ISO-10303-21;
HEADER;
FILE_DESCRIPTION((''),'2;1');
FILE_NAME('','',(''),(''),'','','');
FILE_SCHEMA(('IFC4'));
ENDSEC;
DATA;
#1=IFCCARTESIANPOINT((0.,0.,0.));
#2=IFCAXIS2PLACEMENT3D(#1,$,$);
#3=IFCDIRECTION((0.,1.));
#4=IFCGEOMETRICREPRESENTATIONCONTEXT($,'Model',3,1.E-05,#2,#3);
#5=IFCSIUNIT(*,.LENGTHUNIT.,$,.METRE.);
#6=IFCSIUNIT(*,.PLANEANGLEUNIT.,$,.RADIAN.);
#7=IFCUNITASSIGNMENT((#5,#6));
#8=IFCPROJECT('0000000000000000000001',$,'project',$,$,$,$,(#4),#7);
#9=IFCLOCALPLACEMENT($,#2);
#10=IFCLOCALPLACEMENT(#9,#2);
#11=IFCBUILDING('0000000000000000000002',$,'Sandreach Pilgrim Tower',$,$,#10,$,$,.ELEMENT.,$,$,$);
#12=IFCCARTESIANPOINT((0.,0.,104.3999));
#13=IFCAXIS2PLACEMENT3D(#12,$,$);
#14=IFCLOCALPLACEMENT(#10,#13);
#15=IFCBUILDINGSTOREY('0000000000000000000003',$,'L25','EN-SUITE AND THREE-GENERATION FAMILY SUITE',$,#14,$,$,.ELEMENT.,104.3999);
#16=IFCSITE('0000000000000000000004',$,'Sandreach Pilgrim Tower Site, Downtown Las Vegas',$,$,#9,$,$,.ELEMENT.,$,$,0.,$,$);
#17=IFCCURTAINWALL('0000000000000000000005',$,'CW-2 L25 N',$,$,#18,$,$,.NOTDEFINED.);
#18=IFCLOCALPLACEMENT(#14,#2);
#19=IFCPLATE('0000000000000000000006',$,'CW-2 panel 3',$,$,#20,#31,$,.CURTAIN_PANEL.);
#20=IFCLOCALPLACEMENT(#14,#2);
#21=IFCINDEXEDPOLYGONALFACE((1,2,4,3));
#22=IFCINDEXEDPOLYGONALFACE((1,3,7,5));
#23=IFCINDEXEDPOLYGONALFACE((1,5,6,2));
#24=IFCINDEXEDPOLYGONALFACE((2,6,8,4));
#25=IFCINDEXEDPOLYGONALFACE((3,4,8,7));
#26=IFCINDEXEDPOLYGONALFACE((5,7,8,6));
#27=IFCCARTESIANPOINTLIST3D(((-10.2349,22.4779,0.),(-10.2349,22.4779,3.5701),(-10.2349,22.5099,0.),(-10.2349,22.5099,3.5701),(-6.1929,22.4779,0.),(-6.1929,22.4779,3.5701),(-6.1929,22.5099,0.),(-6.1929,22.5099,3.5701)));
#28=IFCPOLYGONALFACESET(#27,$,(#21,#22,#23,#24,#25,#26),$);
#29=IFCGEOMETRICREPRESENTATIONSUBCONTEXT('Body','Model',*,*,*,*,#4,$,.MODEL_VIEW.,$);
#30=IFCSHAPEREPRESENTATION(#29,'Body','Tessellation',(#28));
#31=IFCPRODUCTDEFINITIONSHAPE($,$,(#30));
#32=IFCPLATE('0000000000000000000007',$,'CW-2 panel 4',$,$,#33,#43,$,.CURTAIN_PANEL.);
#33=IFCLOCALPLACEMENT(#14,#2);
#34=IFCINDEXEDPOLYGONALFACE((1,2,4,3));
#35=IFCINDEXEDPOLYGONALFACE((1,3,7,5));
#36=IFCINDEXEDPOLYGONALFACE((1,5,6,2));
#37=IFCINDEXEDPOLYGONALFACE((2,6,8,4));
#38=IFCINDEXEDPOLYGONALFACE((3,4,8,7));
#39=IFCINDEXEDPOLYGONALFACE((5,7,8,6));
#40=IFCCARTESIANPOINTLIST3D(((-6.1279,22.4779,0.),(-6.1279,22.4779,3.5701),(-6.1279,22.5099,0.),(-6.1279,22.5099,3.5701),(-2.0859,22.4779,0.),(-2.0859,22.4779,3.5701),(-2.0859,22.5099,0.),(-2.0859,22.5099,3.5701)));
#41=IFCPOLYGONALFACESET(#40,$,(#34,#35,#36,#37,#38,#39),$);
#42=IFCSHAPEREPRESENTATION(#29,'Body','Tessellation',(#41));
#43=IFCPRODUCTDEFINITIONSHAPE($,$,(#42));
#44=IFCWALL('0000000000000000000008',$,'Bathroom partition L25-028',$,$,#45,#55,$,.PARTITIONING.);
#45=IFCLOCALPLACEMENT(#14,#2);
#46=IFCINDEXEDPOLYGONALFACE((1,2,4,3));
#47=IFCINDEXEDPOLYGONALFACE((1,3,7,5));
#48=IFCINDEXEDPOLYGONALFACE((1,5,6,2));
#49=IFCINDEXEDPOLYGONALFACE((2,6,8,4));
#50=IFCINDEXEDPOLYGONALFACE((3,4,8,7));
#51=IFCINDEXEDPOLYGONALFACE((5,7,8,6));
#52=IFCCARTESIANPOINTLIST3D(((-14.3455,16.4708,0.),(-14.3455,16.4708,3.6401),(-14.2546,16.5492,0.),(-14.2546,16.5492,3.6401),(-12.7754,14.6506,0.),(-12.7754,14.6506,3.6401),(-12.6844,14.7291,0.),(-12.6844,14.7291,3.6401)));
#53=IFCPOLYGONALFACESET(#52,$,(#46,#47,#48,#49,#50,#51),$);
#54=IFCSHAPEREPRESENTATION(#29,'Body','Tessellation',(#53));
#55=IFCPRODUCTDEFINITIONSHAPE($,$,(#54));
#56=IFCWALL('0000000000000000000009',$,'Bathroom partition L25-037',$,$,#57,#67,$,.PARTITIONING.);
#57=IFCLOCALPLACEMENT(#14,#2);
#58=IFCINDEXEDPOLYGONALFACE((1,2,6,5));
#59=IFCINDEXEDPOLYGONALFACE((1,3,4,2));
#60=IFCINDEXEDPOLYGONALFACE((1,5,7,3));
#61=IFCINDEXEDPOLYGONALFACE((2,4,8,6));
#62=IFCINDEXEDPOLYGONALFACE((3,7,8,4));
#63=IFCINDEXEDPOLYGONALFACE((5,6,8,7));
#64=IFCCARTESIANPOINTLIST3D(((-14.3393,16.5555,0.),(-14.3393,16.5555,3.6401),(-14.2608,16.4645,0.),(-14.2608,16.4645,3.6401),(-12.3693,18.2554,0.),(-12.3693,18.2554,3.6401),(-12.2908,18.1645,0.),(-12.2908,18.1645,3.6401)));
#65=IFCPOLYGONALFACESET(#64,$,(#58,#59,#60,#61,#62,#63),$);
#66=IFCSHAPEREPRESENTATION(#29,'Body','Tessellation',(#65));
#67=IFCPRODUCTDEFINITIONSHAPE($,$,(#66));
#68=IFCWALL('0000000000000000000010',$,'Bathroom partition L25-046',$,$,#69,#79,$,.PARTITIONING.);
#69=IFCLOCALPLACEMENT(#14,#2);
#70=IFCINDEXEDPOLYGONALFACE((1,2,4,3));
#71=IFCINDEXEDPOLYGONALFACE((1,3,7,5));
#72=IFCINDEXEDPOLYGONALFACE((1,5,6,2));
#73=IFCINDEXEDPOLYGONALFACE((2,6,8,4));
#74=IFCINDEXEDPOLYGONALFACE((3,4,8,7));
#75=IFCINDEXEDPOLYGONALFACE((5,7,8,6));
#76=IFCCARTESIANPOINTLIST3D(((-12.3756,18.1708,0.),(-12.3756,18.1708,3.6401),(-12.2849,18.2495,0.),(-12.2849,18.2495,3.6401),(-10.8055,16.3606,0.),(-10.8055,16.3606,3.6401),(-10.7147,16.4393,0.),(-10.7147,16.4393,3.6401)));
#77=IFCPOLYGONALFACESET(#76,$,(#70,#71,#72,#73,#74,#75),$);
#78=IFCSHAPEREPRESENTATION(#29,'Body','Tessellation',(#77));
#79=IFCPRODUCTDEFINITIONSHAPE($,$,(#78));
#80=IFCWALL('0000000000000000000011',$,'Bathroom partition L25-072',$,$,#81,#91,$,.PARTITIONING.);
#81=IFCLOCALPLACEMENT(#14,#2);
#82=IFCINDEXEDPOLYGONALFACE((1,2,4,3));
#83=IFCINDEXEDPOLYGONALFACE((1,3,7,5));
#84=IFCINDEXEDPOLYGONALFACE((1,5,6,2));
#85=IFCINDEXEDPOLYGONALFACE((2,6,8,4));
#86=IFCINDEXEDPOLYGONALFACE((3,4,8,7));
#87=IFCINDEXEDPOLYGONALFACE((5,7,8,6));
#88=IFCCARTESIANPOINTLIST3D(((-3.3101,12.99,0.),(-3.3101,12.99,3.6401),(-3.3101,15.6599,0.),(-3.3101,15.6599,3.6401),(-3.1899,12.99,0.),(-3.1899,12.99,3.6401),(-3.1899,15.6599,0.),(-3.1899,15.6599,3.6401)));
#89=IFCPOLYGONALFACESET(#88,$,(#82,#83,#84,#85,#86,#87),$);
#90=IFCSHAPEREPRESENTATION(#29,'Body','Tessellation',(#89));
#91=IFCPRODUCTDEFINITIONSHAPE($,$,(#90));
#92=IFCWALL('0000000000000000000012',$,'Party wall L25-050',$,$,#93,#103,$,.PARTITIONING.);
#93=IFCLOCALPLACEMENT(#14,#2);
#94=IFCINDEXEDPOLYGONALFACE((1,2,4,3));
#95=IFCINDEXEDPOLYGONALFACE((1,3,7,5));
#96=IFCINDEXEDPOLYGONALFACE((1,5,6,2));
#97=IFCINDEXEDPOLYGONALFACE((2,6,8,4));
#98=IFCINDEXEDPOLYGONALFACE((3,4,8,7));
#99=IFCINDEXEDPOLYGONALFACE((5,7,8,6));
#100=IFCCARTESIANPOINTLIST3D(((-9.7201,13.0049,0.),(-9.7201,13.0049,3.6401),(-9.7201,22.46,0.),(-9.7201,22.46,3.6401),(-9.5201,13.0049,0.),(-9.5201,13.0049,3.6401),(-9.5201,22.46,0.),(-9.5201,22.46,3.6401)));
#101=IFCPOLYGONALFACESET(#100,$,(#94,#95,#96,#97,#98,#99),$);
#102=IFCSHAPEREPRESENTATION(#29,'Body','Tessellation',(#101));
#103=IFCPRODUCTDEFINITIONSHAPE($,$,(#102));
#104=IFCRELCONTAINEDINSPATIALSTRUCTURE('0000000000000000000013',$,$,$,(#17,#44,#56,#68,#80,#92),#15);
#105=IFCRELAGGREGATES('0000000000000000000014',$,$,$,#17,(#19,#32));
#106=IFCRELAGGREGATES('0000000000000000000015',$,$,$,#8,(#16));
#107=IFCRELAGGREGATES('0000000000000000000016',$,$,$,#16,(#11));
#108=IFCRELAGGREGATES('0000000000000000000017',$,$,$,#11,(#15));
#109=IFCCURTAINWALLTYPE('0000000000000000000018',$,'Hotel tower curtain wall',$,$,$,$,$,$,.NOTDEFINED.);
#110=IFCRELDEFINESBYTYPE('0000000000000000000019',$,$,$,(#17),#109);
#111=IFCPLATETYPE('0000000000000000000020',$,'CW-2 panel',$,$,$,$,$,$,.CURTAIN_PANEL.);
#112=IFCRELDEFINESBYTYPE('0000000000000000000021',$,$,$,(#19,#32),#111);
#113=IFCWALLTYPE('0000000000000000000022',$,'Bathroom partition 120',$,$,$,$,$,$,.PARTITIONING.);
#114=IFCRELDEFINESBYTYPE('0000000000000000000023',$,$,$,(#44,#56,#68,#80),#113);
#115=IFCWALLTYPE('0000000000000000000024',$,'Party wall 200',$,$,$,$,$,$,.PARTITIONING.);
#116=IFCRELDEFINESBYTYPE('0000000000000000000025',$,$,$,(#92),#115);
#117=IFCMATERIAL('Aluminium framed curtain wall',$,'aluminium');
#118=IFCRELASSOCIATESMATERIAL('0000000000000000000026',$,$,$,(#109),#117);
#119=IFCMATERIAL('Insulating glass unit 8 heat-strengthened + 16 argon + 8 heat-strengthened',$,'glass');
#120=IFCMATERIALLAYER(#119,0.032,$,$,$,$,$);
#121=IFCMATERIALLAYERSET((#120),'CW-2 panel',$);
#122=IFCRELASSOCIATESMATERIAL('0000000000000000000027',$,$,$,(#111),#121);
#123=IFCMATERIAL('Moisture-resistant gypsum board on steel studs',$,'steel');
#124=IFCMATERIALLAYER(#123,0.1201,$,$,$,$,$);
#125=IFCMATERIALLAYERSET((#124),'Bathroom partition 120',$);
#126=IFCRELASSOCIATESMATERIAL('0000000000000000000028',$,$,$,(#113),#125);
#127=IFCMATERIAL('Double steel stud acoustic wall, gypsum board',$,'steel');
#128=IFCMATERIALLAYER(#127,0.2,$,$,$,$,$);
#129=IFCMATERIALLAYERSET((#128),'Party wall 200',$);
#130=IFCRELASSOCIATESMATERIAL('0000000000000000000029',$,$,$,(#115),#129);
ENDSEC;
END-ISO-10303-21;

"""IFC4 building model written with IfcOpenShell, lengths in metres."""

from ifc_helpers import new_model, si_unit, direction, frame, frame_2d, origin, origin_2d, place, context, subcontext, project, spatial, rectangle, extrude, material, layer, layer_set, type_object, element, aggregate, save


model = new_model("IFC4")

# Units and contexts
model_context = context("Model", 3, precision=1e-05, world=origin(), true_north=direction((0.0, 1.0)))
body_context = subcontext(model_context, "Body", "Model", "MODEL_VIEW")
ifc_project = project(units=[si_unit("LENGTHUNIT", "METRE"), si_unit("PLANEANGLEUNIT", "RADIAN")], contexts=[model_context])

# Site, building, storey
site_placement = place(None, origin())
site = spatial("IfcSite", under=ifc_project, at=site_placement, Name="Sandreach Pilgrim Tower Site, Downtown Las Vegas", CompositionType="ELEMENT", RefElevation=0.0)
building_placement = place(site_placement, origin())
building = spatial("IfcBuilding", under=site, at=building_placement, Name="Sandreach Pilgrim Tower", CompositionType="ELEMENT")
storey_placement = place(building_placement, frame((0.0, 0.0, 104.3999)))
storey = spatial("IfcBuildingStorey", under=building, at=storey_placement, Name="L25", Description="EN-SUITE AND THREE-GENERATION FAMILY SUITE", CompositionType="ELEMENT", Elevation=104.3999)

# Curtain wall
ifc_material_1 = material(Name="Aluminium framed curtain wall", Category="aluminium")
curtain_wall_type = type_object("IfcCurtainWallType", Name="Hotel tower curtain wall", PredefinedType="NOTDEFINED", material=ifc_material_1)
curtain_wall_placement = place(storey_placement, origin())
curtain_wall = element("IfcCurtainWall", 1, at=curtain_wall_placement, inside=storey, type_object=curtain_wall_type, Name="CW-2 L25 N", PredefinedType="NOTDEFINED")

# Plates
ifc_material_2 = material(Name="Insulating glass unit 8 heat-strengthened + 16 argon + 8 heat-strengthened", Category="glass")
ifc_layer_1 = layer(ifc_material_2, 0.032)
ifc_layer_set_1 = layer_set([ifc_layer_1], Name="CW-2 panel")
plate_type = type_object("IfcPlateType", Name="CW-2 panel", PredefinedType="CURTAIN_PANEL", material=ifc_layer_set_1)
plate_1_placement = place(storey_placement, frame((-8.2139, 22.4939, 0.0), z_axis=(0.0, 0.0, 1.0), x_axis=(1.0, 0.0, 0.0)))
plate_1 = element("IfcPlate", 2, at=plate_1_placement, type_object=plate_type, Name="CW-2 panel 3", PredefinedType="CURTAIN_PANEL", context=body_context, shape_type="SweptSolid", body=[
    extrude(rectangle(XDim=4.042, YDim=0.032, at=origin_2d()), origin(), (0.0, 0.0, 1.0), 3.5701),
])
plate_2_placement = place(storey_placement, frame((-4.1069, 22.4939, 0.0), z_axis=(0.0, 0.0, 1.0), x_axis=(1.0, 0.0, 0.0)))
plate_2 = element("IfcPlate", 3, at=plate_2_placement, type_object=plate_type, Name="CW-2 panel 4", PredefinedType="CURTAIN_PANEL", context=body_context, shape_type="SweptSolid", body=[
    extrude(rectangle(XDim=4.042, YDim=0.032, at=origin_2d()), origin(), (0.0, 0.0, 1.0), 3.5701),
])
aggregate(curtain_wall, [plate_1, plate_2])

# Walls
ifc_material_3 = material(Name="Moisture-resistant gypsum board on steel studs", Category="steel")
ifc_layer_2 = layer(ifc_material_3, 0.1201)
ifc_layer_set_2 = layer_set([ifc_layer_2], Name="Bathroom partition 120")
wall_type_1 = type_object("IfcWallType", Name="Bathroom partition 120", PredefinedType="PARTITIONING", material=ifc_layer_set_2)
wall_1_placement = place(storey_placement, frame((-14.3, 16.51, 0.0), z_axis=(0.0, 0.0, 1.0), x_axis=(0.653189, -0.757195, 0.0)))
element("IfcWall", 4, at=wall_1_placement, inside=storey, type_object=wall_type_1, Name="Bathroom partition L25-028", PredefinedType="PARTITIONING", context=body_context, shape_type="SweptSolid", body=[
    extrude(rectangle(XDim=2.4038, YDim=0.1201, at=frame_2d((1.2019, 0.0))), origin(), (0.0, 0.0, 1.0), 3.6401),
])
wall_2_placement = place(storey_placement, frame((-12.3301, 18.21, 0.0), z_axis=(0.0, 0.0, 1.0), x_axis=(-0.757087, -0.653314, 0.0)))
element("IfcWall", 5, at=wall_2_placement, inside=storey, type_object=wall_type_1, Name="Bathroom partition L25-037", PredefinedType="PARTITIONING", context=body_context, shape_type="SweptSolid", body=[
    extrude(rectangle(XDim=2.6021, YDim=0.1201, at=frame_2d((1.301, 0.0))), origin(), (0.0, 0.0, 1.0), 3.6401),
])
wall_3_placement = place(storey_placement, frame((-10.76, 16.3999, 0.0), z_axis=(0.0, 0.0, 1.0), x_axis=(-0.655252, 0.75541, 0.0)))
element("IfcWall", 6, at=wall_3_placement, inside=storey, type_object=wall_type_1, Name="Bathroom partition L25-046", PredefinedType="PARTITIONING", context=body_context, shape_type="SweptSolid", body=[
    extrude(rectangle(XDim=2.3962, YDim=0.1201, at=frame_2d((1.1982, 0.0))), origin(), (0.0, 0.0, 1.0), 3.6401),
])
wall_4_placement = place(storey_placement, frame((-3.25, 15.6599, 0.0), z_axis=(0.0, 0.0, 1.0), x_axis=(0.0, -1.0, 0.0)))
element("IfcWall", 7, at=wall_4_placement, inside=storey, type_object=wall_type_1, Name="Bathroom partition L25-072", PredefinedType="PARTITIONING", context=body_context, shape_type="SweptSolid", body=[
    extrude(rectangle(XDim=2.6699, YDim=0.1201, at=frame_2d((1.335, 0.0))), origin(), (0.0, 0.0, 1.0), 3.6401),
])

# Wall
ifc_material_4 = material(Name="Double steel stud acoustic wall, gypsum board", Category="steel")
ifc_layer_3 = layer(ifc_material_4, 0.2)
ifc_layer_set_3 = layer_set([ifc_layer_3], Name="Party wall 200")
wall_type_2 = type_object("IfcWallType", Name="Party wall 200", PredefinedType="PARTITIONING", material=ifc_layer_set_3)
wall_5_placement = place(storey_placement, frame((-9.6201, 22.46, 0.0), z_axis=(0.0, 0.0, 1.0), x_axis=(0.0, -1.0, 0.0)))
element("IfcWall", 8, at=wall_5_placement, inside=storey, type_object=wall_type_2, Name="Party wall L25-050", PredefinedType="PARTITIONING", context=body_context, shape_type="SweptSolid", body=[
    extrude(rectangle(XDim=9.4551, YDim=0.2, at=frame_2d((4.7275, 0.0))), origin(), (0.0, 0.0, 1.0), 3.6401),
])

save(model, "model.ifc")
